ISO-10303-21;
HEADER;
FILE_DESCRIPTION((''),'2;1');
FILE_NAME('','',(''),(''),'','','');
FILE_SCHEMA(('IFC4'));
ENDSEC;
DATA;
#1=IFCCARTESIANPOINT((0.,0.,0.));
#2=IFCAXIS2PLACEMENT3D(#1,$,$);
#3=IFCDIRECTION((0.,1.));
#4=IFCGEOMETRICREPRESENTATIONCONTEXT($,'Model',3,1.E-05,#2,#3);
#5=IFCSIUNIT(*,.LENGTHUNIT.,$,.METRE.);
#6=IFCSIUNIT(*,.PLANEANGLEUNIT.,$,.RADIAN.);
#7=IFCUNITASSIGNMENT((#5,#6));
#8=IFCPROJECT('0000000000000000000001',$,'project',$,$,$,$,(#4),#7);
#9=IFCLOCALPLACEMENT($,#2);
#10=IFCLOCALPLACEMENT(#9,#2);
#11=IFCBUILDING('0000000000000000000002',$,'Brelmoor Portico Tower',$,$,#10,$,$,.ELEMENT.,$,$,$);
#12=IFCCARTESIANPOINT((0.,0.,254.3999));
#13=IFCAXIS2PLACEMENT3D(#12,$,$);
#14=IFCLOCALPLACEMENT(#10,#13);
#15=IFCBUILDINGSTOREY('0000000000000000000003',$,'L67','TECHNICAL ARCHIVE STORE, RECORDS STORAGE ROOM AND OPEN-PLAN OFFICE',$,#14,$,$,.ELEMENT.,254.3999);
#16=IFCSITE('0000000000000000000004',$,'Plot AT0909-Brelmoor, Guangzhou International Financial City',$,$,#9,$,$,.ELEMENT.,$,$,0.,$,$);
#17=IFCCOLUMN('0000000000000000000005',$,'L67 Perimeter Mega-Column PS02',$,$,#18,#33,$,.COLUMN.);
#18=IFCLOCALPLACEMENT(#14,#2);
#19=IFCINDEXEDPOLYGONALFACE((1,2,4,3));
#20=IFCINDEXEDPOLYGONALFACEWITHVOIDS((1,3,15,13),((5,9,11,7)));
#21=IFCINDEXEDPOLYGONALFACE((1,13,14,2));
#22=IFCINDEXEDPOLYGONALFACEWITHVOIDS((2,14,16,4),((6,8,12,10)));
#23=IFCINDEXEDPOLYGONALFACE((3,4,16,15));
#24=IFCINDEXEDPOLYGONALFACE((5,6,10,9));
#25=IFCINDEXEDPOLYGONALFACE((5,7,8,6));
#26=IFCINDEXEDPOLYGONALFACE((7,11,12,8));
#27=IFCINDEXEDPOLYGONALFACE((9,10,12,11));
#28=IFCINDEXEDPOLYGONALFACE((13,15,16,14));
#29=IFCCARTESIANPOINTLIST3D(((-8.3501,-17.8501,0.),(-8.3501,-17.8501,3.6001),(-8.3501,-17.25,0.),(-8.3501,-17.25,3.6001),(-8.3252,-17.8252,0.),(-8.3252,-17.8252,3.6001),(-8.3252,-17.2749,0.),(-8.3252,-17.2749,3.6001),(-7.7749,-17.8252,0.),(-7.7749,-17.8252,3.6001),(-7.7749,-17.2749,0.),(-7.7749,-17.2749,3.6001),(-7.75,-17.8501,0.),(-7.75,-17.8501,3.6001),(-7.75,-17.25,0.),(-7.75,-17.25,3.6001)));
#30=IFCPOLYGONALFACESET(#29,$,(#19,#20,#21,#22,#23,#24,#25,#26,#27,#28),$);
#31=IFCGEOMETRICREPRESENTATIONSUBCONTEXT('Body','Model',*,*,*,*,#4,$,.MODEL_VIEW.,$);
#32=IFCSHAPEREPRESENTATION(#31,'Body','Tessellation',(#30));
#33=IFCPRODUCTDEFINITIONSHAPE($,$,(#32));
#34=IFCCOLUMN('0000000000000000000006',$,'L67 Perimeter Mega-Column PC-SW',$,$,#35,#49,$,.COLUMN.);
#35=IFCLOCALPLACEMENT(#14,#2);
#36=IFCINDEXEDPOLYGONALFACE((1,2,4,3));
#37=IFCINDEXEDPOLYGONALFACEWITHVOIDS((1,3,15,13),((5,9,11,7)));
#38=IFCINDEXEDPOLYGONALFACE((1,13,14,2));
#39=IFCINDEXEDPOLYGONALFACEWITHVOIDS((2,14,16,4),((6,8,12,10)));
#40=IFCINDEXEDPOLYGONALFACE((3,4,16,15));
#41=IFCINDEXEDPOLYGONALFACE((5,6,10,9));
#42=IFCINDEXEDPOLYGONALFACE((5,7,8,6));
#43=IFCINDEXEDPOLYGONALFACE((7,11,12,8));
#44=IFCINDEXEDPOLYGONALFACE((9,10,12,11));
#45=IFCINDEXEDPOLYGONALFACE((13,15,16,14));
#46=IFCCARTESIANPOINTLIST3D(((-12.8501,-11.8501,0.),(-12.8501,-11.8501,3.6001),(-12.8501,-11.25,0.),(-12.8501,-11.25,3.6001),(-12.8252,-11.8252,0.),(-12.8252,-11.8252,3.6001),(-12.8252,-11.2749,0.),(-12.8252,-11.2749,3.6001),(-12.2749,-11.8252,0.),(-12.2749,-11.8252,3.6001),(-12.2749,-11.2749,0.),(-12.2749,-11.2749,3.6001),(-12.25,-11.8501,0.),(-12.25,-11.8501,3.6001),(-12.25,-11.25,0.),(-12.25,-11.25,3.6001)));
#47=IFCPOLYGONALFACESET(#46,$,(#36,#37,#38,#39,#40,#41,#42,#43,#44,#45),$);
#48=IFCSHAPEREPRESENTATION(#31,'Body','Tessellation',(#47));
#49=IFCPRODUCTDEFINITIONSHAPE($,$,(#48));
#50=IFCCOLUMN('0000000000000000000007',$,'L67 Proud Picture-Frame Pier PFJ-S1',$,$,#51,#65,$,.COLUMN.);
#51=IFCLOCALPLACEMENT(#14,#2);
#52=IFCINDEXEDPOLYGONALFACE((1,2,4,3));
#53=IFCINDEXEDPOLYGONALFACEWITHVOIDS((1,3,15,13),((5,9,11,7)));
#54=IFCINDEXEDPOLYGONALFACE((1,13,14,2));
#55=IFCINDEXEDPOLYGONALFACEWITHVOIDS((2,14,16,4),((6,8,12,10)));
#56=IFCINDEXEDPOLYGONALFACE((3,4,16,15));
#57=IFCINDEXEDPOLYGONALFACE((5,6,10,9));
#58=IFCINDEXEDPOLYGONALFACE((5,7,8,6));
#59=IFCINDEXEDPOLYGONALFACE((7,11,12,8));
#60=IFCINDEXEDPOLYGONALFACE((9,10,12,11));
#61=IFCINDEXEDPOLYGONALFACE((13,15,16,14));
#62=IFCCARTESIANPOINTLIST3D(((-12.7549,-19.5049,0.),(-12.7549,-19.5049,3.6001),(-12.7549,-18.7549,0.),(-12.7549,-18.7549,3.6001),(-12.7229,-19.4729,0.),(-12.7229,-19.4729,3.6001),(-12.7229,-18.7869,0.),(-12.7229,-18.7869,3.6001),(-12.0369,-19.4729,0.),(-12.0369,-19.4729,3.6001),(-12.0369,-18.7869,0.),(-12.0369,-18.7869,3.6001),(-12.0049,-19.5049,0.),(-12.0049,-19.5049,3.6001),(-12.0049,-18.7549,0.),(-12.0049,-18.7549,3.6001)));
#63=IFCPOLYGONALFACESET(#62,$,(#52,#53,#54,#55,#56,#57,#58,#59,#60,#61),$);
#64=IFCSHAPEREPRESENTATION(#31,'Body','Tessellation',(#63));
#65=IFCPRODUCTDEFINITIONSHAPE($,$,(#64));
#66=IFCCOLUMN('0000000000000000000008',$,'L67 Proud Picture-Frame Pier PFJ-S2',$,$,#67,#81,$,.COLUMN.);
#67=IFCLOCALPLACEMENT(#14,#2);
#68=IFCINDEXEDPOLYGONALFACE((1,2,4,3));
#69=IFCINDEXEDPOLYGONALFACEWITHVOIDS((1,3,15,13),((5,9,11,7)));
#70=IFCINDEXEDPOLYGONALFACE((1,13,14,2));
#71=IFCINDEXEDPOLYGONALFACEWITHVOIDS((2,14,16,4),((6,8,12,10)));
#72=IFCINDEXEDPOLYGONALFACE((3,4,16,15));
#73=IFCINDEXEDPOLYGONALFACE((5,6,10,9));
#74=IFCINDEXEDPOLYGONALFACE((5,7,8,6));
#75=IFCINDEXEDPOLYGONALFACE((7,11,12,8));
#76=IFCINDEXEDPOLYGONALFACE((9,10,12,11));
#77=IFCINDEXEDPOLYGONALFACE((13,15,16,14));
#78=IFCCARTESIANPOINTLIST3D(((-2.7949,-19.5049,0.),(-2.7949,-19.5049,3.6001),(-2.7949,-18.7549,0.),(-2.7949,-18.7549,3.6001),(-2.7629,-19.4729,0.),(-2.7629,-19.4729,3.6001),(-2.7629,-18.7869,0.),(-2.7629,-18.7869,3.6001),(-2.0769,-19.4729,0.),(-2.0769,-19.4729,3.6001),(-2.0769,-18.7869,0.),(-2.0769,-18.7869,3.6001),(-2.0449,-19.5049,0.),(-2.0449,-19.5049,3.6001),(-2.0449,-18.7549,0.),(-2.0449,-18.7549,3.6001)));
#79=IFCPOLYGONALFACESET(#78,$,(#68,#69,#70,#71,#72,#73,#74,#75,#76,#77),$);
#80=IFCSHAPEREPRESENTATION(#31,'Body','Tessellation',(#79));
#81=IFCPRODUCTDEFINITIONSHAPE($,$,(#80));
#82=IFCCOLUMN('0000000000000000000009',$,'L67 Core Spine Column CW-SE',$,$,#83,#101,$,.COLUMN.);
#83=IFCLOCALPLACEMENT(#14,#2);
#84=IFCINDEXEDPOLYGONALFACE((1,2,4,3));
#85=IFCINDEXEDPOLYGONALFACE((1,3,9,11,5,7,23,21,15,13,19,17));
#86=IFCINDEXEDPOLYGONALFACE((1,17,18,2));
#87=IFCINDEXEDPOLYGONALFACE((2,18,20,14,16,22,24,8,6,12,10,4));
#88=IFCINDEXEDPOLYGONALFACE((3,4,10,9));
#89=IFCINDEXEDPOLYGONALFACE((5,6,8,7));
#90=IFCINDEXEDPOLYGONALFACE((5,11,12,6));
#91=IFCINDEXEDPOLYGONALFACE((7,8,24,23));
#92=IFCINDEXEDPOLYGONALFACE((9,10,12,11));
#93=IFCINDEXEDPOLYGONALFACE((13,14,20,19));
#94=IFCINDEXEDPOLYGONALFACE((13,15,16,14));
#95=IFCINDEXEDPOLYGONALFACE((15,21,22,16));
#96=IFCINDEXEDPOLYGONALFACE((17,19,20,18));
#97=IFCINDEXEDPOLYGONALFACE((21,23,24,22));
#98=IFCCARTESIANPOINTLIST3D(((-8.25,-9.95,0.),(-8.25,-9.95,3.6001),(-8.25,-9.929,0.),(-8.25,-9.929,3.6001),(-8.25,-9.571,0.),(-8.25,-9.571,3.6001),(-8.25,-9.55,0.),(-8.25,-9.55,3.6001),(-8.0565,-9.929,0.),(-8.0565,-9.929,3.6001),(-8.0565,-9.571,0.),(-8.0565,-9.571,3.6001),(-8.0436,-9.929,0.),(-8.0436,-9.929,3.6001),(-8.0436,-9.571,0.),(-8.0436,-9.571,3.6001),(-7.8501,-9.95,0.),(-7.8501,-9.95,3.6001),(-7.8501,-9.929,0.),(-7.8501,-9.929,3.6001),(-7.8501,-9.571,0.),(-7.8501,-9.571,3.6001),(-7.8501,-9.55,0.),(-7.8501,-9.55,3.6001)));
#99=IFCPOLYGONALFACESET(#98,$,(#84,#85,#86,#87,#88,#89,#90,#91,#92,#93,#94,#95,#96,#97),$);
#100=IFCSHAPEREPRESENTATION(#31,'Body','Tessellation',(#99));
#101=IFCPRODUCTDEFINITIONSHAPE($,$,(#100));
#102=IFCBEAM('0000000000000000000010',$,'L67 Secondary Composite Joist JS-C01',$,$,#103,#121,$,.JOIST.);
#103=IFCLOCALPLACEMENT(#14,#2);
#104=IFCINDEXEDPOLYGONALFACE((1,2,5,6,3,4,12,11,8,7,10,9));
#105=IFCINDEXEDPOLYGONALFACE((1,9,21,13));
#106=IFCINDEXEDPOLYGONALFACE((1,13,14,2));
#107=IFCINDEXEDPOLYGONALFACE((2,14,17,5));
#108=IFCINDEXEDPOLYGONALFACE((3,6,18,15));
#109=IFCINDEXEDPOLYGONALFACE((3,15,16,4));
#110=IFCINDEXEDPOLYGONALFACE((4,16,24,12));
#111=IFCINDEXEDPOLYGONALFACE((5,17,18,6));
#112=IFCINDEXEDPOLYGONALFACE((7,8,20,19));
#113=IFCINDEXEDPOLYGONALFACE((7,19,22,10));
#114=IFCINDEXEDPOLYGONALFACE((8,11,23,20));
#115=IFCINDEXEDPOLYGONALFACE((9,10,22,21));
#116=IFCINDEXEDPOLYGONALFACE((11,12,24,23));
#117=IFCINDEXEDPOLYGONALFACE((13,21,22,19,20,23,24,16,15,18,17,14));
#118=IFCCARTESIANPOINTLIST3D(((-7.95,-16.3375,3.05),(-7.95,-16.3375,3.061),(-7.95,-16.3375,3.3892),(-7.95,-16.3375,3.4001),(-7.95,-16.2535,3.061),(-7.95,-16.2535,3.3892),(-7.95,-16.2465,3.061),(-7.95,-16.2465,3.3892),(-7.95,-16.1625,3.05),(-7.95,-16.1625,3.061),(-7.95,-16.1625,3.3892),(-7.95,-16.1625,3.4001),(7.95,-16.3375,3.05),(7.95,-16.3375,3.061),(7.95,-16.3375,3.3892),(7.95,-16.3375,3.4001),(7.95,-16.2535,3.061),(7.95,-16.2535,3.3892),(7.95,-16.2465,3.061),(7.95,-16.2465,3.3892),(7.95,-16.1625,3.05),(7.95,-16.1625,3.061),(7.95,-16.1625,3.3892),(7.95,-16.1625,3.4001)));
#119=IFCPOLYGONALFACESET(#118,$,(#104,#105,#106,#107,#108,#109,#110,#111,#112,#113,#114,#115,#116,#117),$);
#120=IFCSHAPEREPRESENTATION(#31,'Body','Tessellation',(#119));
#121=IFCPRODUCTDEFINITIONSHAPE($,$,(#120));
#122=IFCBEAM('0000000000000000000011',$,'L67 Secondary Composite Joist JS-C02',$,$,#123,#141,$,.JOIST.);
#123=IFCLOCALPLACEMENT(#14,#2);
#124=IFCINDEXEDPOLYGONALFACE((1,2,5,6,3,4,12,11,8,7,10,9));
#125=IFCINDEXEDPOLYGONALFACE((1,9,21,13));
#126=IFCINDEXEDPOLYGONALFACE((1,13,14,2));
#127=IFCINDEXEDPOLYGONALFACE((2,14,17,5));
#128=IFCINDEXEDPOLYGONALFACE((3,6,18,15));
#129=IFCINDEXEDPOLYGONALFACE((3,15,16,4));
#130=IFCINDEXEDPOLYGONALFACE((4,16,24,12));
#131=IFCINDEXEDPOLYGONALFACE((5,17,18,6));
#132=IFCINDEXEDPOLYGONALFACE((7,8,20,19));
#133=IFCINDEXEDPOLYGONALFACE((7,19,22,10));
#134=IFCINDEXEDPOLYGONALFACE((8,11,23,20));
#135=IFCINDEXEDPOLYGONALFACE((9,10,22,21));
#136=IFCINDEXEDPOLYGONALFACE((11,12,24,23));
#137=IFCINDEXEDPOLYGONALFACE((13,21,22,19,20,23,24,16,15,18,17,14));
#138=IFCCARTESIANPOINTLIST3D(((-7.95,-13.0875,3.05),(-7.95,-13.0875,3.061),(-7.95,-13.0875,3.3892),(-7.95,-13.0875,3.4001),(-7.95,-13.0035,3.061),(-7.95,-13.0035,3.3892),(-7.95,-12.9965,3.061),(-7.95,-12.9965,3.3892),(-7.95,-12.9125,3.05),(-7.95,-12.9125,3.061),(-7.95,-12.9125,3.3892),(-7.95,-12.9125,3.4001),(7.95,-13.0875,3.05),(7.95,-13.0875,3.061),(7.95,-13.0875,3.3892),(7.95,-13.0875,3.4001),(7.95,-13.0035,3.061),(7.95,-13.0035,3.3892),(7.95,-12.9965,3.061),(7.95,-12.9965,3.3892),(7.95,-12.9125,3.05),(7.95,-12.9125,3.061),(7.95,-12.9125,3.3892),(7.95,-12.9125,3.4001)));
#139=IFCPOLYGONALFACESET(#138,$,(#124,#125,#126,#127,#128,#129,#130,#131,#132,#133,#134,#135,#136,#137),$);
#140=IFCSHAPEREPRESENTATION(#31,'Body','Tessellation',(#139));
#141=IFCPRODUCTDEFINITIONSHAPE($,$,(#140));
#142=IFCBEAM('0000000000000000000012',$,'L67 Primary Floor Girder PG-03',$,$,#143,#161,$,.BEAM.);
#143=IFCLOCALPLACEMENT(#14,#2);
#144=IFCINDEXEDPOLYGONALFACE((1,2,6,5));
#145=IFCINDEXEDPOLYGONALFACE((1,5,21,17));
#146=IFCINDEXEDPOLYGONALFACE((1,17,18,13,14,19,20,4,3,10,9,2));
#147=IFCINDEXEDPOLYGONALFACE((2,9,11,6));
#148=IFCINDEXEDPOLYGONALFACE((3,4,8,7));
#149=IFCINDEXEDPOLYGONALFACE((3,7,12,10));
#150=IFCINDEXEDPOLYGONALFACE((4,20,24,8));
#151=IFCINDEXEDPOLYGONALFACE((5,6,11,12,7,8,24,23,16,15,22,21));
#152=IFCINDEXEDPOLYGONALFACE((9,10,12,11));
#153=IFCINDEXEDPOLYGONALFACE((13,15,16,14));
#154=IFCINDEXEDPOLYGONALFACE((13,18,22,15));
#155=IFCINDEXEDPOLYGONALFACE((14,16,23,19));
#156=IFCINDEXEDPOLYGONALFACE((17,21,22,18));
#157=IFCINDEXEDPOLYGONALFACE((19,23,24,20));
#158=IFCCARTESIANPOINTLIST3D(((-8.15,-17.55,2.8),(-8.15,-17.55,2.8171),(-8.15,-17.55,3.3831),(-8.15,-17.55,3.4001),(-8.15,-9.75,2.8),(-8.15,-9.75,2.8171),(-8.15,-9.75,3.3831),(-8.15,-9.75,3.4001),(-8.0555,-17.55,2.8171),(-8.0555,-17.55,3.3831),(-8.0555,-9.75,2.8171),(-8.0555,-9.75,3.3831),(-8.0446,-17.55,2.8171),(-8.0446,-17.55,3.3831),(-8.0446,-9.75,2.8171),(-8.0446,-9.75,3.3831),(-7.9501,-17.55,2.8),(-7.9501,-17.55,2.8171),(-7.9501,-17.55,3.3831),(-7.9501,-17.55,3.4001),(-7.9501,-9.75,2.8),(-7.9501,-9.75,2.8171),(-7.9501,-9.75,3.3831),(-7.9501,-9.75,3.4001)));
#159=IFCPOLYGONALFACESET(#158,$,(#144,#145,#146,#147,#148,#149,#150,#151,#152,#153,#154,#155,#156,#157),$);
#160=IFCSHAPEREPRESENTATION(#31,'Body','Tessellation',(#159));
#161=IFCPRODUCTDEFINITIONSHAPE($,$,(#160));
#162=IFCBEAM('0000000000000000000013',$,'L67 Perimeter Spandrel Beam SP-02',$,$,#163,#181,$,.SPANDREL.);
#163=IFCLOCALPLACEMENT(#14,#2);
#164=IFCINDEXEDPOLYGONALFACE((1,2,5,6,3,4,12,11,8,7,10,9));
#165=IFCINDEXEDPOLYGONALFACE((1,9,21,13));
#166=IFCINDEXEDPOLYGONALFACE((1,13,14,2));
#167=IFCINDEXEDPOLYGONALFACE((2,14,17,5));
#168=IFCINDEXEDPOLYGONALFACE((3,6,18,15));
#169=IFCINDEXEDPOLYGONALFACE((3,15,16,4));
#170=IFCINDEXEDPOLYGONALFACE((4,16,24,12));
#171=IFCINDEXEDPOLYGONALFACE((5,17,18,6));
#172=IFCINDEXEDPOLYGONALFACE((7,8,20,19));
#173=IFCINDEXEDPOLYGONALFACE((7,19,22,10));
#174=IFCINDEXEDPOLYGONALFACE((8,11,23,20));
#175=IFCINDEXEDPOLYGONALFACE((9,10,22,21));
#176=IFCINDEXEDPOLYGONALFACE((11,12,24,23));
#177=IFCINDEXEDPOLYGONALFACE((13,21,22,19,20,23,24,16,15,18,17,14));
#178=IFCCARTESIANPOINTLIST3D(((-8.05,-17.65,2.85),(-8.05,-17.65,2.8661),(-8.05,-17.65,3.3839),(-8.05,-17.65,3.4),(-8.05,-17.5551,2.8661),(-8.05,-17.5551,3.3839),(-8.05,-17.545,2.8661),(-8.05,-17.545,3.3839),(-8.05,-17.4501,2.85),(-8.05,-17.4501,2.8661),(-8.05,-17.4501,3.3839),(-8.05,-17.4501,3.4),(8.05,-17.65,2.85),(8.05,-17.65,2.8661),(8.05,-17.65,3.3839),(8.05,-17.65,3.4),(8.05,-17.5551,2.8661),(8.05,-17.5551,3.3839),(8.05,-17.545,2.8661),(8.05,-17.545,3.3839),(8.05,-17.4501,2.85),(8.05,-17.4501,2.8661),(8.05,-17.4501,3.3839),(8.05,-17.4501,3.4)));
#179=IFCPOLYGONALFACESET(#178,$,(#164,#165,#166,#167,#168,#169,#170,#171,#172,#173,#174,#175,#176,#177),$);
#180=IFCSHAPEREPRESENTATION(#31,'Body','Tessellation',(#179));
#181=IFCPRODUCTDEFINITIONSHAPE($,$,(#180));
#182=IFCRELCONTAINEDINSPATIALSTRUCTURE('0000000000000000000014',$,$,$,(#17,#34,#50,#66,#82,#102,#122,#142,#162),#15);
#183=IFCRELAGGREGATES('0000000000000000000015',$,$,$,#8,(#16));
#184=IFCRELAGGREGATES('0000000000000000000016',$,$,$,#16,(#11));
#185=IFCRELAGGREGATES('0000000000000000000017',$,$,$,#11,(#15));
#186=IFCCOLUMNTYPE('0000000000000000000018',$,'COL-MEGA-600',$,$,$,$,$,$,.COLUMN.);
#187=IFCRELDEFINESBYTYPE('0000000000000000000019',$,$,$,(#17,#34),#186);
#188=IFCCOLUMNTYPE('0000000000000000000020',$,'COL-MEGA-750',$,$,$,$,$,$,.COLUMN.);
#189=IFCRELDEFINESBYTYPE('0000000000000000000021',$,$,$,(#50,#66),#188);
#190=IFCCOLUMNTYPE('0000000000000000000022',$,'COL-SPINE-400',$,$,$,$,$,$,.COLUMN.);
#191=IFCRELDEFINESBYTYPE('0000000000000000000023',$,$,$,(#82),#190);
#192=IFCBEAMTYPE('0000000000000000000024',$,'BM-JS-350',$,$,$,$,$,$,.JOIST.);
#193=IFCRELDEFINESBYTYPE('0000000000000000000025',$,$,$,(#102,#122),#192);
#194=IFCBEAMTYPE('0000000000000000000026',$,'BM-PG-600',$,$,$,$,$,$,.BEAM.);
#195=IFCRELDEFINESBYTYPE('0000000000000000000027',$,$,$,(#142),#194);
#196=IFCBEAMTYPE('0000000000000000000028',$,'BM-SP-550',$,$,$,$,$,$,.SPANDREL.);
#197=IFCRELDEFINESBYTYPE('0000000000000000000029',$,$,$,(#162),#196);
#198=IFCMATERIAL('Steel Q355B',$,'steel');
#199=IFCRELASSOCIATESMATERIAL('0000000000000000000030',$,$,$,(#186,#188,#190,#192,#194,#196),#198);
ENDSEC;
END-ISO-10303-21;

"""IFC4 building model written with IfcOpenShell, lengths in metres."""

from ifc_helpers import new_model, si_unit, direction, frame, origin, origin_2d, place, context, subcontext, project, spatial, hollow_rectangle, i_section, extrude, material, material_profile, profile_set, type_object, element, save


model = new_model("IFC4")

# Units and contexts
model_context = context("Model", 3, precision=1e-05, world=origin(), true_north=direction((0.0, 1.0)))
body_context = subcontext(model_context, "Body", "Model", "MODEL_VIEW")
ifc_project = project(units=[si_unit("LENGTHUNIT", "METRE"), si_unit("PLANEANGLEUNIT", "RADIAN")], contexts=[model_context])

# Site, building, storey
site_placement = place(None, origin())
site = spatial("IfcSite", under=ifc_project, at=site_placement, Name="Plot AT0909-Brelmoor, Guangzhou International Financial City", CompositionType="ELEMENT", RefElevation=0.0)
building_placement = place(site_placement, origin())
building = spatial("IfcBuilding", under=site, at=building_placement, Name="Brelmoor Portico Tower", CompositionType="ELEMENT")
storey_placement = place(building_placement, frame((0.0, 0.0, 254.3999)))
storey = spatial("IfcBuildingStorey", under=building, at=storey_placement, Name="L67", Description="TECHNICAL ARCHIVE STORE, RECORDS STORAGE ROOM AND OPEN-PLAN OFFICE", CompositionType="ELEMENT", Elevation=254.3999)

# Columns
ifc_material_1 = material(Name="Steel Q355B", Category="steel")
ifc_material_profile_1 = material_profile(ifc_material_1, hollow_rectangle(XDim=0.6001, YDim=0.6001, WallThickness=0.0249, at=origin_2d()), Name="BOX 600x600x25")
ifc_profile_set_1 = profile_set([ifc_material_profile_1], Name="Steel Q355B")
column_type_1 = type_object("IfcColumnType", Name="COL-MEGA-600", PredefinedType="COLUMN", material=ifc_profile_set_1)
for number, where, z_axis, x_axis, name in (
    (1, (-8.05, -17.55, 0.0), (0.0, 0.0, 1.0), (1.0, 0.0, 0.0), "L67 Perimeter Mega-Column PS02"),
    (2, (-12.55, -11.55, 0.0), (0.0, 0.0, 1.0), (1.0, 0.0, 0.0), "L67 Perimeter Mega-Column PC-SW"),
):
    element("IfcColumn", number, at=place(storey_placement, frame(where, z_axis=z_axis, x_axis=x_axis)), inside=storey, type_object=column_type_1, Name=name, PredefinedType="COLUMN", context=body_context, shape_type="SweptSolid", body=[
        extrude(hollow_rectangle(XDim=0.6001, YDim=0.6001, WallThickness=0.0249, at=origin_2d()), origin(), (0.0, 0.0, 1.0), 3.6001),
    ])
ifc_material_profile_2 = material_profile(ifc_material_1, hollow_rectangle(XDim=0.75, YDim=0.75, WallThickness=0.032, at=origin_2d()), Name="BOX 750x750x32")
ifc_profile_set_2 = profile_set([ifc_material_profile_2], Name="Steel Q355B")
column_type_2 = type_object("IfcColumnType", Name="COL-MEGA-750", PredefinedType="COLUMN", material=ifc_profile_set_2)
for number, where, z_axis, x_axis, name in (
    (3, (-12.3799, -19.1299, 0.0), (0.0, 0.0, 1.0), (1.0, 0.0, 0.0), "L67 Proud Picture-Frame Pier PFJ-S1"),
    (4, (-2.4199, -19.1299, 0.0), (0.0, 0.0, 1.0), (1.0, 0.0, 0.0), "L67 Proud Picture-Frame Pier PFJ-S2"),
):
    element("IfcColumn", number, at=place(storey_placement, frame(where, z_axis=z_axis, x_axis=x_axis)), inside=storey, type_object=column_type_2, Name=name, PredefinedType="COLUMN", context=body_context, shape_type="SweptSolid", body=[
        extrude(hollow_rectangle(XDim=0.75, YDim=0.75, WallThickness=0.032, at=origin_2d()), origin(), (0.0, 0.0, 1.0), 3.6001),
    ])
ifc_material_profile_3 = material_profile(ifc_material_1, i_section(OverallWidth=0.3999, OverallDepth=0.3999, WebThickness=0.0129, FlangeThickness=0.021, at=origin_2d()), Name="HW 400x400x13x21")
ifc_profile_set_3 = profile_set([ifc_material_profile_3], Name="Steel Q355B")
column_type_3 = type_object("IfcColumnType", Name="COL-SPINE-400", PredefinedType="COLUMN", material=ifc_profile_set_3)
column_placement = place(storey_placement, frame((-8.05, -9.75, 0.0), z_axis=(0.0, 0.0, 1.0), x_axis=(1.0, 0.0, 0.0)))
element("IfcColumn", 5, at=column_placement, inside=storey, type_object=column_type_3, Name="L67 Core Spine Column CW-SE", PredefinedType="COLUMN", context=body_context, shape_type="SweptSolid", body=[
    extrude(i_section(OverallWidth=0.3999, OverallDepth=0.3999, WebThickness=0.0129, FlangeThickness=0.021, at=origin_2d()), origin(), (0.0, 0.0, 1.0), 3.6001),
])

# Beams
ifc_material_profile_4 = material_profile(ifc_material_1, i_section(OverallWidth=0.175, OverallDepth=0.3501, WebThickness=0.0071, FlangeThickness=0.011, at=origin_2d()), Name="HN 350x175x7x11")
ifc_profile_set_4 = profile_set([ifc_material_profile_4], Name="Steel Q355B")
beam_type_1 = type_object("IfcBeamType", Name="BM-JS-350", PredefinedType="JOIST", material=ifc_profile_set_4)
for number, where, z_axis, x_axis, name in (
    (6, (-7.95, -16.25, 3.2251), (1.0, 0.0, 0.0), (0.0, 1.0, 0.0), "L67 Secondary Composite Joist JS-C01"),
    (7, (-7.95, -13.0, 3.2251), (1.0, 0.0, 0.0), (0.0, 1.0, 0.0), "L67 Secondary Composite Joist JS-C02"),
):
    element("IfcBeam", number, at=place(storey_placement, frame(where, z_axis=z_axis, x_axis=x_axis)), inside=storey, type_object=beam_type_1, Name=name, PredefinedType="JOIST", context=body_context, shape_type="SweptSolid", body=[
        extrude(i_section(OverallWidth=0.175, OverallDepth=0.3501, WebThickness=0.0071, FlangeThickness=0.011, at=origin_2d()), origin(), (0.0, 0.0, 1.0), 15.8999),
    ])
ifc_material_profile_5 = material_profile(ifc_material_1, i_section(OverallWidth=0.2, OverallDepth=0.6001, WebThickness=0.011, FlangeThickness=0.0171, at=origin_2d()), Name="HN 600x200x11x17")
ifc_profile_set_5 = profile_set([ifc_material_profile_5], Name="Steel Q355B")
beam_type_2 = type_object("IfcBeamType", Name="BM-PG-600", PredefinedType="BEAM", material=ifc_profile_set_5)
beam_1_placement = place(storey_placement, frame((-8.05, -17.55, 3.1001), z_axis=(0.0, 1.0, 0.0), x_axis=(-1.0, 0.0, 0.0)))
element("IfcBeam", 8, at=beam_1_placement, inside=storey, type_object=beam_type_2, Name="L67 Primary Floor Girder PG-03", PredefinedType="BEAM", context=body_context, shape_type="SweptSolid", body=[
    extrude(i_section(OverallWidth=0.2, OverallDepth=0.6001, WebThickness=0.011, FlangeThickness=0.0171, at=origin_2d()), origin(), (0.0, 0.0, 1.0), 7.8),
])
ifc_material_profile_6 = material_profile(ifc_material_1, i_section(OverallWidth=0.2, OverallDepth=0.55, WebThickness=0.01, FlangeThickness=0.0161, at=origin_2d()), Name="HN 550x200x10x16")
ifc_profile_set_6 = profile_set([ifc_material_profile_6], Name="Steel Q355B")
beam_type_3 = type_object("IfcBeamType", Name="BM-SP-550", PredefinedType="SPANDREL", material=ifc_profile_set_6)
beam_2_placement = place(storey_placement, frame((-8.05, -17.55, 3.125), z_axis=(1.0, 0.0, 0.0), x_axis=(0.0, 1.0, 0.0)))
element("IfcBeam", 9, at=beam_2_placement, inside=storey, type_object=beam_type_3, Name="L67 Perimeter Spandrel Beam SP-02", PredefinedType="SPANDREL", context=body_context, shape_type="SweptSolid", body=[
    extrude(i_section(OverallWidth=0.2, OverallDepth=0.55, WebThickness=0.01, FlangeThickness=0.0161, at=origin_2d()), origin(), (0.0, 0.0, 1.0), 16.1001),
])

save(model, "model.ifc")
